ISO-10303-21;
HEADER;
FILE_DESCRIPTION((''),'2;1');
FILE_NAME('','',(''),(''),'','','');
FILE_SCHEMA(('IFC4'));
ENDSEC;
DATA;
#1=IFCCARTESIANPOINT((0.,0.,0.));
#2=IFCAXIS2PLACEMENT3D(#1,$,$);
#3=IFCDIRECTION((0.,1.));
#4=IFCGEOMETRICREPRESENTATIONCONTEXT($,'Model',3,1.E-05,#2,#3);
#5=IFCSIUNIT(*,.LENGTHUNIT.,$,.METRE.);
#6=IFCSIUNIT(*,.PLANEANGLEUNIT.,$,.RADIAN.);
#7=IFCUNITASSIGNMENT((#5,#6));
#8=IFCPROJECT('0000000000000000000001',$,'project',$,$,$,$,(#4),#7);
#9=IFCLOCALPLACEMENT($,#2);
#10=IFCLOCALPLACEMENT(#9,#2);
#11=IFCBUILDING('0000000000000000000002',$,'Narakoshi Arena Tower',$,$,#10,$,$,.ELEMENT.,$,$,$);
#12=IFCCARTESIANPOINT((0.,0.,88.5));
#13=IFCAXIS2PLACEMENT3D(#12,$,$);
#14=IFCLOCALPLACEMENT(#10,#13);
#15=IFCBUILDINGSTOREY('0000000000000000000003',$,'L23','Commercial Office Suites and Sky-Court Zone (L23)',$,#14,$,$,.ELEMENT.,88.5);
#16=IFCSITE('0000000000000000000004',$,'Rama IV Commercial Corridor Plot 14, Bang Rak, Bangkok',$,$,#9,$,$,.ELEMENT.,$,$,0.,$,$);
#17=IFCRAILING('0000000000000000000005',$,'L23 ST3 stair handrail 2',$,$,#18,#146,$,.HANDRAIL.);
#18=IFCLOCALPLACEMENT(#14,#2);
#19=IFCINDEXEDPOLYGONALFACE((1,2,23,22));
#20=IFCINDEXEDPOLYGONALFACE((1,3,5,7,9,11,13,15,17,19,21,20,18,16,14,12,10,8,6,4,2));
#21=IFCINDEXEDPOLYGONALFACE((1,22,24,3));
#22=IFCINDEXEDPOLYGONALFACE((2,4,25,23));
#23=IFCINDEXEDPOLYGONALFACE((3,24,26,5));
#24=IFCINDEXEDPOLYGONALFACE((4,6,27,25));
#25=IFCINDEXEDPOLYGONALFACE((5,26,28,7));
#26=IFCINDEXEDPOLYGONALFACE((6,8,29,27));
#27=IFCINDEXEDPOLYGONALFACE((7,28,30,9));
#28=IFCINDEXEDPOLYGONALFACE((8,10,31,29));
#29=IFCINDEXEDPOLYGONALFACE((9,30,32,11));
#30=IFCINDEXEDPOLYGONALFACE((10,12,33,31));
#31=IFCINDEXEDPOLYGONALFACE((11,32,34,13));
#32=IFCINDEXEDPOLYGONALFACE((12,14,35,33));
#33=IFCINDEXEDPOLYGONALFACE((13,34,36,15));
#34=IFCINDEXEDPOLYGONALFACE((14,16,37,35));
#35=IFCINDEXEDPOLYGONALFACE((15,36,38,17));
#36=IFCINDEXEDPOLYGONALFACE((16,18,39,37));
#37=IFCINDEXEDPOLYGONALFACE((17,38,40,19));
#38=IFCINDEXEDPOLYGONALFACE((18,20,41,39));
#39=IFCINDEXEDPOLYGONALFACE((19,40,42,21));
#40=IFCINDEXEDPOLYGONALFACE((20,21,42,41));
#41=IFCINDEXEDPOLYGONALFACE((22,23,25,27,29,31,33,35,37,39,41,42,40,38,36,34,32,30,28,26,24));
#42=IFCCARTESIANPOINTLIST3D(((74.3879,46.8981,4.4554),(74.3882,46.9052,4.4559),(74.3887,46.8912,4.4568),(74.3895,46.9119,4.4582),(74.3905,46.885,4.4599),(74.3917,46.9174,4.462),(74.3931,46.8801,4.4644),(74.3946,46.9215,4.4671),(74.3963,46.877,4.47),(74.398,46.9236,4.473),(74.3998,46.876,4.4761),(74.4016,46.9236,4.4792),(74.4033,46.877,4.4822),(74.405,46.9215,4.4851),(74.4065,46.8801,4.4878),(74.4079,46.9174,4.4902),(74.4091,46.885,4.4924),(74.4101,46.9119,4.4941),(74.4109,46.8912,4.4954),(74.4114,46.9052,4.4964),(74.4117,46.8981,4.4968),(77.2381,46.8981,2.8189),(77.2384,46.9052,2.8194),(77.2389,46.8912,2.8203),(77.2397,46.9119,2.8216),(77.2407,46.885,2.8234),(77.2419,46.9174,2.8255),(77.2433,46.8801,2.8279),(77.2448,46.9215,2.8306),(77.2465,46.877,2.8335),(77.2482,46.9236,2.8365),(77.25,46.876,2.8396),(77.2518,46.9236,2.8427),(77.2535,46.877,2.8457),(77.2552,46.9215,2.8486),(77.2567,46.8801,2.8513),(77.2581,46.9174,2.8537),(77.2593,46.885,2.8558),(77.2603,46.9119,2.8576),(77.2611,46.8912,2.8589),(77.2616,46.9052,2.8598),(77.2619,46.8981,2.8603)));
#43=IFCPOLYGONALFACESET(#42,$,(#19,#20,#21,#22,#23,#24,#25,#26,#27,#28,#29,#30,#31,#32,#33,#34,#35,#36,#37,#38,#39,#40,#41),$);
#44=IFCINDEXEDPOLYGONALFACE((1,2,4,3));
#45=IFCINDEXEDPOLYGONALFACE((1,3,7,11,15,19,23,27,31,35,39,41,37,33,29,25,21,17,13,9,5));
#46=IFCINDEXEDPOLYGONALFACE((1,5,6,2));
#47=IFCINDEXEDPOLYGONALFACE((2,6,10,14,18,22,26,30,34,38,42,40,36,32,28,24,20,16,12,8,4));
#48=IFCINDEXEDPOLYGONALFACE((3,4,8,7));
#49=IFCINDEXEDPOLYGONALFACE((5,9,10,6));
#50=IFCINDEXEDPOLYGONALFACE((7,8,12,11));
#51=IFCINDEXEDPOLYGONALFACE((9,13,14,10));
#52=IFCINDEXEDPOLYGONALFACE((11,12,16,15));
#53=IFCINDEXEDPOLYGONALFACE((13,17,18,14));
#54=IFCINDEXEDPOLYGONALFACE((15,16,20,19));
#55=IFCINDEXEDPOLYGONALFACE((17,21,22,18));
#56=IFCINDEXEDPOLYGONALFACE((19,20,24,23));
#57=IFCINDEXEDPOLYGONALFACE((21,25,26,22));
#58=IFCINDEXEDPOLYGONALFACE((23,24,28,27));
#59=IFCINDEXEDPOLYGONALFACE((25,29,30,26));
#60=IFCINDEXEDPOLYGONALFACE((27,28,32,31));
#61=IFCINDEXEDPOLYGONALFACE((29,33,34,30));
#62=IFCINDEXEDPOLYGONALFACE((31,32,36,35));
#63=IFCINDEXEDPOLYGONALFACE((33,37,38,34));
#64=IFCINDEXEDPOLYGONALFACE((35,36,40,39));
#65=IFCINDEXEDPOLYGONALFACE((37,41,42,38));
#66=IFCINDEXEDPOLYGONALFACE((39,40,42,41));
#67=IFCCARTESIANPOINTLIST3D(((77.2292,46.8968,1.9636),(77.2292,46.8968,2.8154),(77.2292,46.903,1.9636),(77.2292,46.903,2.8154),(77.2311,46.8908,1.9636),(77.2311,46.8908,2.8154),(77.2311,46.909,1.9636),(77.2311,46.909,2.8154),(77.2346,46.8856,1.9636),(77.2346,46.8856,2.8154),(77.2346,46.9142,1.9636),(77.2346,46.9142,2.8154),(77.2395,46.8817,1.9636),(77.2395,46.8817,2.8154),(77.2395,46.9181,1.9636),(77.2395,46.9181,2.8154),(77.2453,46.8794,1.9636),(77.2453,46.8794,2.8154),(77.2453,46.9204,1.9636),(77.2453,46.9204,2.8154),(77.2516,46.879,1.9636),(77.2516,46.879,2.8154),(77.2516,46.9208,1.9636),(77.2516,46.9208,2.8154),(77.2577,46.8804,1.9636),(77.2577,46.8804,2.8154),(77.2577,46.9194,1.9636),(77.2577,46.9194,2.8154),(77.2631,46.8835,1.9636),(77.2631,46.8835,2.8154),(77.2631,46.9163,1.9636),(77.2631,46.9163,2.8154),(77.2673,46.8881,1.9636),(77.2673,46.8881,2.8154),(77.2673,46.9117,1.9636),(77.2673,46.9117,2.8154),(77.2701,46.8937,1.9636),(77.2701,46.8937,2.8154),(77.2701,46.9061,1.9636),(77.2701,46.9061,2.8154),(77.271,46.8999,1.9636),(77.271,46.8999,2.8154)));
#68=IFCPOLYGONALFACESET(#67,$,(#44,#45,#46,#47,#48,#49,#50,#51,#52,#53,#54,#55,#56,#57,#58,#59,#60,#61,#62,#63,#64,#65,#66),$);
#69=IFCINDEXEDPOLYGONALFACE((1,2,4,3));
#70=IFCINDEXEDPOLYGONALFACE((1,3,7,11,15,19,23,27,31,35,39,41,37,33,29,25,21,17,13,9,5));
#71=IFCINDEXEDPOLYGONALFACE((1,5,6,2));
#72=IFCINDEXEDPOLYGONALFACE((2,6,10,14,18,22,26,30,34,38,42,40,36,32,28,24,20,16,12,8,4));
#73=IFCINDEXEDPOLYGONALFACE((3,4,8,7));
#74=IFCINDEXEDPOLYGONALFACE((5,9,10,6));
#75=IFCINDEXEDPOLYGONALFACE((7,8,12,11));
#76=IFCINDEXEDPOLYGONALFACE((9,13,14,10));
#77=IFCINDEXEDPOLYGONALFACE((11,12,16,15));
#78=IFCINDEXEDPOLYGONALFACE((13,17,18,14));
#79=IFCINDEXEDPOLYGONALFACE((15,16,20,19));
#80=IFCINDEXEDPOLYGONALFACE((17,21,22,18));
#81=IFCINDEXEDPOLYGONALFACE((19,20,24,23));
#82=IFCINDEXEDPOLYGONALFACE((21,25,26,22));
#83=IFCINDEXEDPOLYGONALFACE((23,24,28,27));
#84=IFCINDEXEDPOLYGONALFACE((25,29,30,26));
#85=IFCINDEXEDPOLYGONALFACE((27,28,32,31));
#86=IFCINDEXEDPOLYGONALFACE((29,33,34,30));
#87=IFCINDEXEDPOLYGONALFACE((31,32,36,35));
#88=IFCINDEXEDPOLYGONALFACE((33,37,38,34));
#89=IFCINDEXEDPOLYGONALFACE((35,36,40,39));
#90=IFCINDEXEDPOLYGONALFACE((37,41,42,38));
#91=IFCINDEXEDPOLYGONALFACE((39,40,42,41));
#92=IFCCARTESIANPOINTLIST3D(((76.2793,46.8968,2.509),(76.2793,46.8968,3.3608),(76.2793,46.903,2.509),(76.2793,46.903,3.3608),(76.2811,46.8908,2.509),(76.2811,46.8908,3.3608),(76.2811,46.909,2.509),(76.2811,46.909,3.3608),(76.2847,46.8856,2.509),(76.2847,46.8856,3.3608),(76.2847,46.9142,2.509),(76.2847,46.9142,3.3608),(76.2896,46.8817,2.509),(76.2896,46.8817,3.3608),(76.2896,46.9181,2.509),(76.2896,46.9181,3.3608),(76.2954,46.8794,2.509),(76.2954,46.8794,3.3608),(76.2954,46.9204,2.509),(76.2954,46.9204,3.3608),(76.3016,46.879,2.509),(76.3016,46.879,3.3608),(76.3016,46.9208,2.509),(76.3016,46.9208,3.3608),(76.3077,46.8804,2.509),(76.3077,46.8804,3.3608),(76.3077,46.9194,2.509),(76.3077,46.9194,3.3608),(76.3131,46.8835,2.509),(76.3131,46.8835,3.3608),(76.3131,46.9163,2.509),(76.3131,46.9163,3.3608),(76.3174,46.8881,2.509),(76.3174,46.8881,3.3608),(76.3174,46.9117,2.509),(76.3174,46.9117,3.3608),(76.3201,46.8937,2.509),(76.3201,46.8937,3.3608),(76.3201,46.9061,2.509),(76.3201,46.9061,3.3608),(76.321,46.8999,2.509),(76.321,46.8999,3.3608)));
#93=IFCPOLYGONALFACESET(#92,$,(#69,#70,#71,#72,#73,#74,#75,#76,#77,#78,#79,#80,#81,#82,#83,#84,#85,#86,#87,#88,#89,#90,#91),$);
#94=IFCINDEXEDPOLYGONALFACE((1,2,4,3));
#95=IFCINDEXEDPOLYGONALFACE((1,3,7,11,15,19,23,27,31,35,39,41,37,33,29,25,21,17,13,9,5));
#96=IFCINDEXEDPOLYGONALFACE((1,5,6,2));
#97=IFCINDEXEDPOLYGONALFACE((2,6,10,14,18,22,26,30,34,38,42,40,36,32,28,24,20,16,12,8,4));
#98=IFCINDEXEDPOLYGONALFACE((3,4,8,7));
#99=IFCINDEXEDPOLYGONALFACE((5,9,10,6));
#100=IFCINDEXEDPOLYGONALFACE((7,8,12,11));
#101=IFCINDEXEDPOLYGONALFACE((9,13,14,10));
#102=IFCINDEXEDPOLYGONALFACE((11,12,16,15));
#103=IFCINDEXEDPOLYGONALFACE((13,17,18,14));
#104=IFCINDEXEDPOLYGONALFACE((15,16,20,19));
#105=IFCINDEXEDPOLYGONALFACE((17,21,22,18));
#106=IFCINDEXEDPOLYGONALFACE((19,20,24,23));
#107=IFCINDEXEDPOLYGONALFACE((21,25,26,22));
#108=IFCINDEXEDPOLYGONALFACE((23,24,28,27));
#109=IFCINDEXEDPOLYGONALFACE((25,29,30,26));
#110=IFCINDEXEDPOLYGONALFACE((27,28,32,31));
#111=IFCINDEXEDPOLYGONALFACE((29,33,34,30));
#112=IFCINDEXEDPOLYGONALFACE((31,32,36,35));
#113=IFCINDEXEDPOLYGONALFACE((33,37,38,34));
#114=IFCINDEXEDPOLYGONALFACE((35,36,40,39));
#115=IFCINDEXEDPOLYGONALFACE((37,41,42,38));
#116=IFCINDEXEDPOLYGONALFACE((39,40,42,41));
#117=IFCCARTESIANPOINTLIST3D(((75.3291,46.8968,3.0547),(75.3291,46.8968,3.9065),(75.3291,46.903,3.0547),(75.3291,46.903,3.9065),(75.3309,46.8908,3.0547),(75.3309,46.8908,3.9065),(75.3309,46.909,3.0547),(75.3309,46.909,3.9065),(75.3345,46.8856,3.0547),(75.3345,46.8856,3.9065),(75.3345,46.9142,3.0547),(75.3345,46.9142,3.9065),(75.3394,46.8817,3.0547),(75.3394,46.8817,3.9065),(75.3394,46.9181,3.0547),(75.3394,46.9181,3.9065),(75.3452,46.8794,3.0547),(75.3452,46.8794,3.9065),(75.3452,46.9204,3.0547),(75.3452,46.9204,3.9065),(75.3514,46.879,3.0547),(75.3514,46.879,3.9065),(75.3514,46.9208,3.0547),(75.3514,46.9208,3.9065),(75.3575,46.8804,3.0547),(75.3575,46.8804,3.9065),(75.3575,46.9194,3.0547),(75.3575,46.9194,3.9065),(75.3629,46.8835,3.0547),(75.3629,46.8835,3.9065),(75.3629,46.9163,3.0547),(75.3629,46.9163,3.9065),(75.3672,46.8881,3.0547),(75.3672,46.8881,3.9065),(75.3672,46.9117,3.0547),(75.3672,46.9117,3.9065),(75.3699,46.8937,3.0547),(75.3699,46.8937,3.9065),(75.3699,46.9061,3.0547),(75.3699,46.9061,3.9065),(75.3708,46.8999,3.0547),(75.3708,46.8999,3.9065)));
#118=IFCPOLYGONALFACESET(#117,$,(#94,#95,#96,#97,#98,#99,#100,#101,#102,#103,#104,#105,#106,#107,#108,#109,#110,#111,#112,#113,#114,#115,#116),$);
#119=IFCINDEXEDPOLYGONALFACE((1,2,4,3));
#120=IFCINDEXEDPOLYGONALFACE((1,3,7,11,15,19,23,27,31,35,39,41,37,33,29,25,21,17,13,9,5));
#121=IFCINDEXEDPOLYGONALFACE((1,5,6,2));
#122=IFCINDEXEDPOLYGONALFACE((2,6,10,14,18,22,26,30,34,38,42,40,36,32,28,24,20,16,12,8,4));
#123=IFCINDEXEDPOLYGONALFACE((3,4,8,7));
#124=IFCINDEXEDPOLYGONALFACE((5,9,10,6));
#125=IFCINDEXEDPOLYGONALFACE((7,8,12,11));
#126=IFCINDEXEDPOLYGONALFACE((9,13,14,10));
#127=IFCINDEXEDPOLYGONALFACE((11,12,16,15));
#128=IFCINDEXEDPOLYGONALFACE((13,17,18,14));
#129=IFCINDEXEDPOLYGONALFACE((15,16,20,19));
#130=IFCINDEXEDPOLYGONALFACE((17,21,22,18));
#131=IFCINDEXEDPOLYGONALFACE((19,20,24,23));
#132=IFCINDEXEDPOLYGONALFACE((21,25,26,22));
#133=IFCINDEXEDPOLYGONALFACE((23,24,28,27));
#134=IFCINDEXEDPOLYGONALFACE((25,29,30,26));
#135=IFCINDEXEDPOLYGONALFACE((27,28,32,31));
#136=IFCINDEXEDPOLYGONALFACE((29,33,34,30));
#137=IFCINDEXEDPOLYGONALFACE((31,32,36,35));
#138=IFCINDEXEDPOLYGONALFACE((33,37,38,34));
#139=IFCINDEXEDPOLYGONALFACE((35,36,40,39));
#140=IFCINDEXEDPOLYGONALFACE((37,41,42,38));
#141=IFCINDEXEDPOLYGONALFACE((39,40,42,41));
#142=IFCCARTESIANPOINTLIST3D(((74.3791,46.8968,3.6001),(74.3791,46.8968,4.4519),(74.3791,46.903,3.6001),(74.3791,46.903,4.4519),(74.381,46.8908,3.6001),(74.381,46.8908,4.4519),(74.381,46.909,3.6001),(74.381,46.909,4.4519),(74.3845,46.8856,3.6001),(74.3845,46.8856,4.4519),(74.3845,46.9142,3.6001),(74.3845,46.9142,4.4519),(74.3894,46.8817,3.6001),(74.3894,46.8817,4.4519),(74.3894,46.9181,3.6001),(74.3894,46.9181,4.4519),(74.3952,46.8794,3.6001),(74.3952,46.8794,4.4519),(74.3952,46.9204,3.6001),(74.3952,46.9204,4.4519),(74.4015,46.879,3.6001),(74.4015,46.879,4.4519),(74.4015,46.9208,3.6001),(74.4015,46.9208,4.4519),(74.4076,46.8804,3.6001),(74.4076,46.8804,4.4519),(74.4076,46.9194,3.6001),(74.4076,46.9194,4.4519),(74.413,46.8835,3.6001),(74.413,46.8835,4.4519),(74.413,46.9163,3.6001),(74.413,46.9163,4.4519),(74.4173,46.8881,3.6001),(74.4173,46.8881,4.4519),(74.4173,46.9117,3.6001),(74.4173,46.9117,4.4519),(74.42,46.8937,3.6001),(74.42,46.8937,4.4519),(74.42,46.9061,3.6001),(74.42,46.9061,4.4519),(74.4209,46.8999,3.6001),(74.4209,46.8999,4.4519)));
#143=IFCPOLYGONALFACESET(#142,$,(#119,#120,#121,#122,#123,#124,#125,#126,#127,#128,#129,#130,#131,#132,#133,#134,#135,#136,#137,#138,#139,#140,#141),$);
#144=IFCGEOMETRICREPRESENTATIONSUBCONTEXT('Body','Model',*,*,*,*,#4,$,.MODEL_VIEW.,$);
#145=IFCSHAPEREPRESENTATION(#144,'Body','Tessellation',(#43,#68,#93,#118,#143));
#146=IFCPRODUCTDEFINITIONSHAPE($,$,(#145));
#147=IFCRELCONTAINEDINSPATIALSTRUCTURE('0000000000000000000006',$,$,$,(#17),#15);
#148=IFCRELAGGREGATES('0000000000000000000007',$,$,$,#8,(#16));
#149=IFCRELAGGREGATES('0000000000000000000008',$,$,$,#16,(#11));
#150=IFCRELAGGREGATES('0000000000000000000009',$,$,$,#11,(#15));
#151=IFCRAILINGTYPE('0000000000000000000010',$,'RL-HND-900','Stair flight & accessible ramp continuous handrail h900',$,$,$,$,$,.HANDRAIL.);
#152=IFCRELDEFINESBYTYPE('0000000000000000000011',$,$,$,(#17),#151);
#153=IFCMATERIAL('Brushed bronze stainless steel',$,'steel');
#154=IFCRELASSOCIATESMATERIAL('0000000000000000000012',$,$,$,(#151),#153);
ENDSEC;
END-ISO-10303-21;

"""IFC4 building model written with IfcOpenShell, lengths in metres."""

from ifc_helpers import new_model, si_unit, direction, frame, origin, origin_2d, place, context, subcontext, project, spatial, circle, extrude, material, type_object, element, save


model = new_model("IFC4")

# Units and contexts
model_context = context("Model", 3, precision=1e-05, world=origin(), true_north=direction((0.0, 1.0)))
body_context = subcontext(model_context, "Body", "Model", "MODEL_VIEW")
ifc_project = project(units=[si_unit("LENGTHUNIT", "METRE"), si_unit("PLANEANGLEUNIT", "RADIAN")], contexts=[model_context])

# Site, building, storey
site_placement = place(None, origin())
site = spatial("IfcSite", under=ifc_project, at=site_placement, Name="Rama IV Commercial Corridor Plot 14, Bang Rak, Bangkok", CompositionType="ELEMENT", RefElevation=0.0)
building_placement = place(site_placement, origin())
building = spatial("IfcBuilding", under=site, at=building_placement, Name="Narakoshi Arena Tower", CompositionType="ELEMENT")
storey_placement = place(building_placement, frame((0.0, 0.0, 88.5)))
storey = spatial("IfcBuildingStorey", under=building, at=storey_placement, Name="L23", Description="Commercial Office Suites and Sky-Court Zone (L23)", CompositionType="ELEMENT", Elevation=88.5)

# Railing
ifc_material_1 = material(Name="Brushed bronze stainless steel", Category="steel")
railing_type_1 = type_object("IfcRailingType", Name="RL-HND-900", Description="Stair flight & accessible ramp continuous handrail h900", PredefinedType="HANDRAIL", material=ifc_material_1)
railing_1_placement = place(storey_placement, frame((77.25, 46.8999, 1.9636)))
element("IfcRailing", 1, at=railing_1_placement, inside=storey, type_object=railing_type_1, Name="L23 ST3 stair handrail 2", PredefinedType="HANDRAIL", context=body_context, shape_type="SweptSolid", body=[
    extrude(circle(Radius=0.0239, at=origin_2d()), frame((0.0, 0.0, 0.876), z_axis=(-0.867213, 0.0, 0.497938), x_axis=(0.0, -1.0, 0.0)), (0.0, 0.0, 1.0), 3.2866),
    extrude(circle(Radius=0.021, at=origin_2d()), origin(), (0.0, 0.0, 1.0), 0.8518),
    extrude(circle(Radius=0.021, at=origin_2d()), frame((-0.95, 0.0, 0.5454)), (0.0, 0.0, 1.0), 0.8518),
    extrude(circle(Radius=0.021, at=origin_2d()), frame((-1.9001, 0.0, 1.0911)), (0.0, 0.0, 1.0), 0.8518),
    extrude(circle(Radius=0.021, at=origin_2d()), frame((-2.8501, 0.0, 1.6365)), (0.0, 0.0, 1.0), 0.8518),
])

save(model, "model.ifc")
